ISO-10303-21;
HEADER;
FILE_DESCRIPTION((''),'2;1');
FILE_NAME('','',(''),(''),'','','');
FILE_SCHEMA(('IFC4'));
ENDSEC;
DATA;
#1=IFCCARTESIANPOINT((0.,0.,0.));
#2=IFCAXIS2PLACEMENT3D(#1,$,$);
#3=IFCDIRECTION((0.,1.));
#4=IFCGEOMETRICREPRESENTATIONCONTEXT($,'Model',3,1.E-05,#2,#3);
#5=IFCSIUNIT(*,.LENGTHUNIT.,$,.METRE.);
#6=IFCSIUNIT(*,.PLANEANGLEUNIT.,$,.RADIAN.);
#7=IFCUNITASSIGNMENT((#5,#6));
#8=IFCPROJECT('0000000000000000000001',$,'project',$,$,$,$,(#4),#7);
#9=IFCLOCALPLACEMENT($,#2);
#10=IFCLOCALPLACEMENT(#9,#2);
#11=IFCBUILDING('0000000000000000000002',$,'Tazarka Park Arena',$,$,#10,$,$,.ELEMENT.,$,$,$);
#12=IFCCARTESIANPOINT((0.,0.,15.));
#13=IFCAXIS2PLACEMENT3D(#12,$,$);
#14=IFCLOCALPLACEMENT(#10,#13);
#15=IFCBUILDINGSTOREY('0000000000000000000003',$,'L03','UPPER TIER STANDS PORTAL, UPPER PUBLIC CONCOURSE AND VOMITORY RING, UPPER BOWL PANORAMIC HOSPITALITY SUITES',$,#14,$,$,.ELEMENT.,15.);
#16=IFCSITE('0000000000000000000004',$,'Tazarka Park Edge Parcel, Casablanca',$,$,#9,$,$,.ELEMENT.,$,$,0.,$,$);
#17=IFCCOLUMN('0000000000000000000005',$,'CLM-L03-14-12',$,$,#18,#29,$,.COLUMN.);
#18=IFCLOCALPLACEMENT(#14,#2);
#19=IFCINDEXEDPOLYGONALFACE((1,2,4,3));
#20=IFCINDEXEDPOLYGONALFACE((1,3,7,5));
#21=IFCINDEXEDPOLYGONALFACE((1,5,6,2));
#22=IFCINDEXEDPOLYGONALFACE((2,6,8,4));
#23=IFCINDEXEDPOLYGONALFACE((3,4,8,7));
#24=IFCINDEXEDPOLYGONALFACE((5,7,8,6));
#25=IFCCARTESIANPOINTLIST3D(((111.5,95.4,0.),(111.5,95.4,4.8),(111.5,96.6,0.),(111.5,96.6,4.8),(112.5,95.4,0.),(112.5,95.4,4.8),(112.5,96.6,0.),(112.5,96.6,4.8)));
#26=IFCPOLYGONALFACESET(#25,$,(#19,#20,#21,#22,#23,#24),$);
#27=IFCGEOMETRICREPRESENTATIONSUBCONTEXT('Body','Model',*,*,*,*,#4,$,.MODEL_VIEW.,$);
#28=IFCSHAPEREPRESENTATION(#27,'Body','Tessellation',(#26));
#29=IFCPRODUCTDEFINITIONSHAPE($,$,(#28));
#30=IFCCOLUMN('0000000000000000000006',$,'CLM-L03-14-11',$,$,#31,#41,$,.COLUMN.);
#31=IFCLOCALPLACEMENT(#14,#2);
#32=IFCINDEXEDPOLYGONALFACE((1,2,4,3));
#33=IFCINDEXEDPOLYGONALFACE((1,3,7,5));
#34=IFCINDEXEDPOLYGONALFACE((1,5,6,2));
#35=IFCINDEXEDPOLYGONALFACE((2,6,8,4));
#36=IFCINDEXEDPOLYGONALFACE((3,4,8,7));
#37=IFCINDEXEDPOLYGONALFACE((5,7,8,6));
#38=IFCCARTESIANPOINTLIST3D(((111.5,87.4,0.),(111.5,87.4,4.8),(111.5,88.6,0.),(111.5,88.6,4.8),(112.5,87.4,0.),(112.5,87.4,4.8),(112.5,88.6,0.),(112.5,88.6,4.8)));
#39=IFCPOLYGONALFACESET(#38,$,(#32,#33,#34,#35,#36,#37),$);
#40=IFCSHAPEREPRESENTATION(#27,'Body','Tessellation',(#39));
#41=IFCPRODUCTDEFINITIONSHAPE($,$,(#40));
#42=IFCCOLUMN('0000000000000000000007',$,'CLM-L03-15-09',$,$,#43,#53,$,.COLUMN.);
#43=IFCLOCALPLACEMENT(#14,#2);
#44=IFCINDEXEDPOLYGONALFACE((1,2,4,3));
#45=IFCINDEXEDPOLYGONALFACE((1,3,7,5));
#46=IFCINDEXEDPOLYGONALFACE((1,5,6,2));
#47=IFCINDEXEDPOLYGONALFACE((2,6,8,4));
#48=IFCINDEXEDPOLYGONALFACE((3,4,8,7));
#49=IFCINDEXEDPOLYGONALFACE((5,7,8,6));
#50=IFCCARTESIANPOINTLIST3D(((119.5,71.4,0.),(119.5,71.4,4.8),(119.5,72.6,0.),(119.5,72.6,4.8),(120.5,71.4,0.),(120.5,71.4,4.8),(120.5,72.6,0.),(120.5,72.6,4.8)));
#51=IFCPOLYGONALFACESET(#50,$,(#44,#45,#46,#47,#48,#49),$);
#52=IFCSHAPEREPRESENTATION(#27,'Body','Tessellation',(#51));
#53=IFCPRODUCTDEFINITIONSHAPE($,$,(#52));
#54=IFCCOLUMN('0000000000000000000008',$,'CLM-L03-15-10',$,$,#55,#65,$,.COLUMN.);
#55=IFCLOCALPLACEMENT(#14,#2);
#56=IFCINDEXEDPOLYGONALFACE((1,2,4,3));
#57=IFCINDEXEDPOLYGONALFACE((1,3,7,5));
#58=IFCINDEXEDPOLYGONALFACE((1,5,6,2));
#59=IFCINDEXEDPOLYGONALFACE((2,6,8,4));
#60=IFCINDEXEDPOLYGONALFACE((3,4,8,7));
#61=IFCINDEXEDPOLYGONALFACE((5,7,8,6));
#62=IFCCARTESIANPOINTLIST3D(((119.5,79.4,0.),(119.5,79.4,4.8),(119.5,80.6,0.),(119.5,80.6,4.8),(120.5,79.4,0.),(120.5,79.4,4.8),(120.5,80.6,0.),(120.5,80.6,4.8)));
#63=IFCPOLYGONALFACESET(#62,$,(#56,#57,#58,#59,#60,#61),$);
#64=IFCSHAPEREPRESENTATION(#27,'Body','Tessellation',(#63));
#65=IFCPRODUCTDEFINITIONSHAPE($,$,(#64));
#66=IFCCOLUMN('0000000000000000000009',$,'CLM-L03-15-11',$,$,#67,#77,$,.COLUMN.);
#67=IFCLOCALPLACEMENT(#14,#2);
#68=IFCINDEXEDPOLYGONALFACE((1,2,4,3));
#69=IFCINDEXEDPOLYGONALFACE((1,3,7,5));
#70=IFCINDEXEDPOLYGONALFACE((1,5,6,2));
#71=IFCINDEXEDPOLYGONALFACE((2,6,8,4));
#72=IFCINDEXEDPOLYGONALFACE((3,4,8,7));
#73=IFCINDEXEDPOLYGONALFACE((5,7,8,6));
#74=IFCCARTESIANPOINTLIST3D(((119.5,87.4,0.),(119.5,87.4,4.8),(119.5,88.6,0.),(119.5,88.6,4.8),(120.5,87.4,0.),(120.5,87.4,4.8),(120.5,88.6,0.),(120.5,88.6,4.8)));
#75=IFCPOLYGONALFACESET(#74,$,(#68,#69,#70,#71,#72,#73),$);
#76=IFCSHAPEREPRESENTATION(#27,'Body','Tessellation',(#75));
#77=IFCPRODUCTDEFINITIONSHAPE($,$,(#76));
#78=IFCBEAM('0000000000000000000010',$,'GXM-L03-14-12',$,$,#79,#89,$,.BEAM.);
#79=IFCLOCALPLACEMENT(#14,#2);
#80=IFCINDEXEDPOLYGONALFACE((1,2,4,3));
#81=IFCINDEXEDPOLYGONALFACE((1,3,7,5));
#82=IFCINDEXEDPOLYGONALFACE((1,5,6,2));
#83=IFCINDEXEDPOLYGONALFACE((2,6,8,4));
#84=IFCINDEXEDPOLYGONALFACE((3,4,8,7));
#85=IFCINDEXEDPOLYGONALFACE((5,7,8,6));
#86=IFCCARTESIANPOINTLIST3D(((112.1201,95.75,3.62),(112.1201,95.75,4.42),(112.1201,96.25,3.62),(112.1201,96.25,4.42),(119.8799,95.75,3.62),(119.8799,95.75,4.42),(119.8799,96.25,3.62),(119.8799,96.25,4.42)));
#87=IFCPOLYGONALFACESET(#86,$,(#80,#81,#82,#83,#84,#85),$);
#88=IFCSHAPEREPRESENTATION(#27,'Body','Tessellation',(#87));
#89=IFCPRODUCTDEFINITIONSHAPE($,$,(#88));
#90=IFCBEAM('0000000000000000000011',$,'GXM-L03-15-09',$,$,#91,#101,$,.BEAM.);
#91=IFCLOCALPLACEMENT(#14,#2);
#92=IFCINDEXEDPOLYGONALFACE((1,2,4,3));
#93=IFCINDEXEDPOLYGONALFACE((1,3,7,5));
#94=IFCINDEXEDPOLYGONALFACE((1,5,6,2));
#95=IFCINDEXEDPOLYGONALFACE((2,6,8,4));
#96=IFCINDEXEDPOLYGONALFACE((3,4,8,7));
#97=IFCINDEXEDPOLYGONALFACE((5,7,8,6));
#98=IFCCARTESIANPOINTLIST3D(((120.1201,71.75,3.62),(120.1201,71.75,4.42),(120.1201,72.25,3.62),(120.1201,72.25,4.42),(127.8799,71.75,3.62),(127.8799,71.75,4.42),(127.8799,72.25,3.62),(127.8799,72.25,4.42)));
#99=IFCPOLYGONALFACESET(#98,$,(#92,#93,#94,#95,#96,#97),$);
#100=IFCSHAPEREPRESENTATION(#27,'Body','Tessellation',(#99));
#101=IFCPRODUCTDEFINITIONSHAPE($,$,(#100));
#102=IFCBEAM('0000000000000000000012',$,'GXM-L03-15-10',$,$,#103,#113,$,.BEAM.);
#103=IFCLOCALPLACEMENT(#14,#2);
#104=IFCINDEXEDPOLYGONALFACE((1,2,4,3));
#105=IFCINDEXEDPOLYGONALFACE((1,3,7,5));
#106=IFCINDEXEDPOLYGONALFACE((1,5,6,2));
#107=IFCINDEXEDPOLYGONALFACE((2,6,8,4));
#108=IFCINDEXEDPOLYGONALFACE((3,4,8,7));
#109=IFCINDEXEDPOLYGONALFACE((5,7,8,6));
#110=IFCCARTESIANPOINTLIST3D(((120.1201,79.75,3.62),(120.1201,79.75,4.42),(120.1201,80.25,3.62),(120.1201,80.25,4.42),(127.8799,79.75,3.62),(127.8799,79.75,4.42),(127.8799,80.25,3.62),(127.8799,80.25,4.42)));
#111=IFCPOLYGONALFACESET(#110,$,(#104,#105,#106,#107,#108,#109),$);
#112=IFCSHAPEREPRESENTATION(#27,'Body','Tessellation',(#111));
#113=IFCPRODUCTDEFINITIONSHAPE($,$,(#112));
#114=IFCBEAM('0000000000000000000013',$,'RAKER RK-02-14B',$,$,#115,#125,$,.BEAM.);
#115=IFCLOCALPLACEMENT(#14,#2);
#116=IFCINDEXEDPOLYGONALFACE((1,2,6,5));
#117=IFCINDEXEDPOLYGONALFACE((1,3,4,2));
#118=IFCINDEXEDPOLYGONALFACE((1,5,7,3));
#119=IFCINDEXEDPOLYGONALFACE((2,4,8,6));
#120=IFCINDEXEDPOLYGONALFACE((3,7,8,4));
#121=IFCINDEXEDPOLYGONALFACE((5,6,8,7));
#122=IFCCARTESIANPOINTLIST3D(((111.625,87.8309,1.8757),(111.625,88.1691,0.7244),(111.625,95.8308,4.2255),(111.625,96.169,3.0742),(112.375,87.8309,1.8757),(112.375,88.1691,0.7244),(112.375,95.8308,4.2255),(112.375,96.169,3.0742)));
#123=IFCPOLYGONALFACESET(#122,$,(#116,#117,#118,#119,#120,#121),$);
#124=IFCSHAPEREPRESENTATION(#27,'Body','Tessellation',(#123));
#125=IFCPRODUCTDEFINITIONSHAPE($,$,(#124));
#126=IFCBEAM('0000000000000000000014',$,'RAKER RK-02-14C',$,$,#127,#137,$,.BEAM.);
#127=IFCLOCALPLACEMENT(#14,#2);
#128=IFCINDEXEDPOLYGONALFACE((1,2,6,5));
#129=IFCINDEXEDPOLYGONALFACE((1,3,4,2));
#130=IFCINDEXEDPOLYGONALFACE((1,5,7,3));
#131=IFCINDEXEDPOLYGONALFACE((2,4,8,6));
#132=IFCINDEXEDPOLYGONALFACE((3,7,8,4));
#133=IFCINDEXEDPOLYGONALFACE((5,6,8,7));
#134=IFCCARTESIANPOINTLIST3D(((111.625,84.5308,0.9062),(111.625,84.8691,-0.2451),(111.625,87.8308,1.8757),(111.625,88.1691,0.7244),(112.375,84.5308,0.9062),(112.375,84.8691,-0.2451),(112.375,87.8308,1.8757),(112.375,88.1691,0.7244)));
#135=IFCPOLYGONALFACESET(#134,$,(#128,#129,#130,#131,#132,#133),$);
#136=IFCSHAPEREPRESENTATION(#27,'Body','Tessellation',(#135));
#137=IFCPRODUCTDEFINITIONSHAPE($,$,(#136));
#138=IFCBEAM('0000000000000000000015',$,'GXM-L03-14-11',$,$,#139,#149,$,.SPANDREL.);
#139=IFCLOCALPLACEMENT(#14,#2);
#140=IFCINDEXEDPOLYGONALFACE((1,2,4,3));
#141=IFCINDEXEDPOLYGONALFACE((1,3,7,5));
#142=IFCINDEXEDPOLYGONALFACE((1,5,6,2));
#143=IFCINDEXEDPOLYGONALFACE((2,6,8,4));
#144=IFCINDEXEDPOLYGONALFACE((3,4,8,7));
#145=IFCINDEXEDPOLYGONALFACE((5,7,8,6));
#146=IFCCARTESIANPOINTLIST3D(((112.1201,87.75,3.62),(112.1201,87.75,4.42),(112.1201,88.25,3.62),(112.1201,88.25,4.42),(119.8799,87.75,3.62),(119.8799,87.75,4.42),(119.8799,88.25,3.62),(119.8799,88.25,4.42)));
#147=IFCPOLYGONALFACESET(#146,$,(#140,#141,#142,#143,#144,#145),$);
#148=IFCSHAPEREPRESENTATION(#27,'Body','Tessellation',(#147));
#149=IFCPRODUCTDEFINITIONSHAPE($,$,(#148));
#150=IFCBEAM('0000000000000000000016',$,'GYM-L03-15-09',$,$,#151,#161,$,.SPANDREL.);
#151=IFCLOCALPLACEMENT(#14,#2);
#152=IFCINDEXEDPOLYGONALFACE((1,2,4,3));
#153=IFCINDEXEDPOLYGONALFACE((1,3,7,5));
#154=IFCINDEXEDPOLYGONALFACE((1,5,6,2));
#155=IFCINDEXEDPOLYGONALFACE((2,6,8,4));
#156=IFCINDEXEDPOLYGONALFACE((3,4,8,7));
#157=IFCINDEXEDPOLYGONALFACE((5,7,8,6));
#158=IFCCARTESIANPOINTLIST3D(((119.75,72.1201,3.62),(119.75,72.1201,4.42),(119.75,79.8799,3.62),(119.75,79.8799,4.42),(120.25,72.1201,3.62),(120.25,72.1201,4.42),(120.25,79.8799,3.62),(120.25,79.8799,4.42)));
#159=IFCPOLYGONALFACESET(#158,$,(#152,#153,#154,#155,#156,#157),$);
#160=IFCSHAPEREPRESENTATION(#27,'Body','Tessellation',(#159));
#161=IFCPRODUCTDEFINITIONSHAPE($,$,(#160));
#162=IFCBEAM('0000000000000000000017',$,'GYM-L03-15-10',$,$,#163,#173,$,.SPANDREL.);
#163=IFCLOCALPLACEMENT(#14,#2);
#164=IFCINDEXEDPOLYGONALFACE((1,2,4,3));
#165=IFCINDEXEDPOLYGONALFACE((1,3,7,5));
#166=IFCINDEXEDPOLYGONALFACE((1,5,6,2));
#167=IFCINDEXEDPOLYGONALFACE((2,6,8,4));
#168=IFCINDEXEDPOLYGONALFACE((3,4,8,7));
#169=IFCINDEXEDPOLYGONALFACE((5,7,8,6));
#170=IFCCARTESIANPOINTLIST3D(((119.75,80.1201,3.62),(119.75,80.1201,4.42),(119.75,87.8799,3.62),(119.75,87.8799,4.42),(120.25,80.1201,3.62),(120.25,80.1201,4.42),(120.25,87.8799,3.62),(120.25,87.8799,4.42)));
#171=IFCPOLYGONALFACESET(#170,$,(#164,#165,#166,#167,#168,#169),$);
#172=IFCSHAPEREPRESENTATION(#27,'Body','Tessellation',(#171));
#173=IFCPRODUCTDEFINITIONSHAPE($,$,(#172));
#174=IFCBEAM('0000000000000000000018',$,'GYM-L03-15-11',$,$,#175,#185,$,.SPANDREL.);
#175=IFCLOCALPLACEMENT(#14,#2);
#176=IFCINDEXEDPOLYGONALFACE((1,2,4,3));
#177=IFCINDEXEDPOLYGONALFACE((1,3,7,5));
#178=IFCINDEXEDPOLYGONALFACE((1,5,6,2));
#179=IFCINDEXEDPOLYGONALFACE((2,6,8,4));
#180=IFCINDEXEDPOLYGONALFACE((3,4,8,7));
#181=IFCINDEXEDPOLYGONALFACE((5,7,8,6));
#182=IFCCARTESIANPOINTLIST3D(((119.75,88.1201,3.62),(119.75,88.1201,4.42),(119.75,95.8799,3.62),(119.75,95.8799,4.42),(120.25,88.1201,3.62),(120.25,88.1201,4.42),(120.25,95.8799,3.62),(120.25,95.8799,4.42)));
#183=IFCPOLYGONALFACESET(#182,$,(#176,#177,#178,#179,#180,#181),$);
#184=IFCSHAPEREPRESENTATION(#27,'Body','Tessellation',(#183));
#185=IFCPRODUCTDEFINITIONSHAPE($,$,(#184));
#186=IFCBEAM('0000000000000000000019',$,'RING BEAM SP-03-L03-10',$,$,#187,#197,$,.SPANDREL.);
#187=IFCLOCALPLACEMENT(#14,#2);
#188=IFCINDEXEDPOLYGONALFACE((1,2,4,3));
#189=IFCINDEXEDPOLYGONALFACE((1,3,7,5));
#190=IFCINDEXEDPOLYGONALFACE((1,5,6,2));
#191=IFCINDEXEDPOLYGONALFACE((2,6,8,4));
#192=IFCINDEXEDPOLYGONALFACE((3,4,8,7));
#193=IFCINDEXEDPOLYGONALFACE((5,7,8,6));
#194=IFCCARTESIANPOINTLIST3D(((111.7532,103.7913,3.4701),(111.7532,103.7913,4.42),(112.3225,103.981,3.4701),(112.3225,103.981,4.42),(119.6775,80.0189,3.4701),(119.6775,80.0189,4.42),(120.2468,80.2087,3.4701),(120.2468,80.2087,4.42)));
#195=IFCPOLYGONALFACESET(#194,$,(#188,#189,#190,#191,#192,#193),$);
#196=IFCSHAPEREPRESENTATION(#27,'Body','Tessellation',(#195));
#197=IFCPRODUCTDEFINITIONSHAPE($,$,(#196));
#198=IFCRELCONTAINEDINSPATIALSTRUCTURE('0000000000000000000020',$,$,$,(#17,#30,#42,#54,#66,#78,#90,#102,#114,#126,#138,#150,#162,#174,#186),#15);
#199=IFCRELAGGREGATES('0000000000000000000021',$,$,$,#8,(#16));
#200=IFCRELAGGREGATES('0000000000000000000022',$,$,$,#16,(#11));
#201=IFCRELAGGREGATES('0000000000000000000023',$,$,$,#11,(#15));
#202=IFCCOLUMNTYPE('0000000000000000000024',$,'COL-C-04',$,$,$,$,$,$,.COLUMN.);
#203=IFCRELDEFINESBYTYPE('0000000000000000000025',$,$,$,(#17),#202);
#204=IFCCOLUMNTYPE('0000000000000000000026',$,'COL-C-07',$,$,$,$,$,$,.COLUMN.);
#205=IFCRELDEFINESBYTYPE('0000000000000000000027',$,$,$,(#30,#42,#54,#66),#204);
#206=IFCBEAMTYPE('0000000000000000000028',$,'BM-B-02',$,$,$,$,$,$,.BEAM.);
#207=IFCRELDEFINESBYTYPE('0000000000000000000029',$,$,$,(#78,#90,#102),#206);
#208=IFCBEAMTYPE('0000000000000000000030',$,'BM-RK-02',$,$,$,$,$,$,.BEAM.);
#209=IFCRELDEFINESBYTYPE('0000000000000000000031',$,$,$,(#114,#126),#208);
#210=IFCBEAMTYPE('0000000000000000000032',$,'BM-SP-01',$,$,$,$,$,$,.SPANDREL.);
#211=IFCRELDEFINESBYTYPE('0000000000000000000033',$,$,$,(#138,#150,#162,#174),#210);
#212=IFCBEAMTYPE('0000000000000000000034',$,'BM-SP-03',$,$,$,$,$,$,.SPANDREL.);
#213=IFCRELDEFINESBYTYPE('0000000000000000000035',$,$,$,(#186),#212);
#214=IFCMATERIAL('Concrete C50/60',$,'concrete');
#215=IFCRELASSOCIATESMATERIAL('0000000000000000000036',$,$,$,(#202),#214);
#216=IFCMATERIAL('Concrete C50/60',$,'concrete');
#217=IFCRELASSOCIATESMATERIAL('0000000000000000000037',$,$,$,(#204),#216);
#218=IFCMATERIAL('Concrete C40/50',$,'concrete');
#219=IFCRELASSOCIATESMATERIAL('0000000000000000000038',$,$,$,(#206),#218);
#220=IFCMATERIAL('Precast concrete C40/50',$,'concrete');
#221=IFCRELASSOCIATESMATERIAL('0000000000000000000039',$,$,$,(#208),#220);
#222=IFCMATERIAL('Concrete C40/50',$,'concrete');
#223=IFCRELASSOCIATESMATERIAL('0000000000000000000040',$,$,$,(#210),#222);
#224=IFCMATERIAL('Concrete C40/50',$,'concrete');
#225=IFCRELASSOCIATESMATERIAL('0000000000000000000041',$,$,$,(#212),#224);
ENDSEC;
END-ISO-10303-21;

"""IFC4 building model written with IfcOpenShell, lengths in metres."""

from ifc_helpers import new_model, si_unit, direction, frame, origin, origin_2d, place, context, subcontext, project, spatial, rectangle, extrude, material, material_profile, profile_set, type_object, element, save


model = new_model("IFC4")

# Units and contexts
model_context = context("Model", 3, precision=1e-05, world=origin(), true_north=direction((0.0, 1.0)))
body_context = subcontext(model_context, "Body", "Model", "MODEL_VIEW")
ifc_project = project(units=[si_unit("LENGTHUNIT", "METRE"), si_unit("PLANEANGLEUNIT", "RADIAN")], contexts=[model_context])

# Site, building, storey
site_placement = place(None, origin())
site = spatial("IfcSite", under=ifc_project, at=site_placement, Name="Tazarka Park Edge Parcel, Casablanca", CompositionType="ELEMENT", RefElevation=0.0)
building_placement = place(site_placement, origin())
building = spatial("IfcBuilding", under=site, at=building_placement, Name="Tazarka Park Arena", CompositionType="ELEMENT")
storey_placement = place(building_placement, frame((0.0, 0.0, 15.0)))
storey = spatial("IfcBuildingStorey", under=building, at=storey_placement, Name="L03", Description="UPPER TIER STANDS PORTAL, UPPER PUBLIC CONCOURSE AND VOMITORY RING, UPPER BOWL PANORAMIC HOSPITALITY SUITES", CompositionType="ELEMENT", Elevation=15.0)

# Columns
ifc_material_1 = material(Name="Concrete C50/60", Category="concrete")
ifc_material_profile_1 = material_profile(ifc_material_1, rectangle(XDim=1.0, YDim=1.2, at=origin_2d()), Name="Concrete C50/60")
ifc_profile_set_1 = profile_set([ifc_material_profile_1], Name="Concrete C50/60")
column_type_1 = type_object("IfcColumnType", Name="COL-C-04", PredefinedType="COLUMN", material=ifc_profile_set_1)
column_placement = place(storey_placement, frame((112.0, 96.0, 0.0), z_axis=(0.0, 0.0, 1.0), x_axis=(1.0, 0.0, 0.0)))
element("IfcColumn", 1, at=column_placement, inside=storey, type_object=column_type_1, Name="CLM-L03-14-12", PredefinedType="COLUMN", context=body_context, shape_type="SweptSolid", body=[
    extrude(rectangle(XDim=1.0, YDim=1.2, at=origin_2d()), origin(), (0.0, 0.0, 1.0), 4.8),
])
ifc_material_2 = material(Name="Concrete C50/60", Category="concrete")
ifc_material_profile_2 = material_profile(ifc_material_2, rectangle(XDim=1.0, YDim=1.2, at=origin_2d()), Name="Concrete C50/60")
ifc_profile_set_2 = profile_set([ifc_material_profile_2], Name="Concrete C50/60")
column_type_2 = type_object("IfcColumnType", Name="COL-C-07", PredefinedType="COLUMN", material=ifc_profile_set_2)
for number, where, z_axis, x_axis, name in (
    (2, (112.0, 88.0, 0.0), (0.0, 0.0, 1.0), (1.0, 0.0, 0.0), "CLM-L03-14-11"),
    (3, (120.0, 72.0, 0.0), (0.0, 0.0, 1.0), (1.0, 0.0, 0.0), "CLM-L03-15-09"),
    (4, (120.0, 80.0, 0.0), (0.0, 0.0, 1.0), (1.0, 0.0, 0.0), "CLM-L03-15-10"),
    (5, (120.0, 88.0, 0.0), (0.0, 0.0, 1.0), (1.0, 0.0, 0.0), "CLM-L03-15-11"),
):
    element("IfcColumn", number, at=place(storey_placement, frame(where, z_axis=z_axis, x_axis=x_axis)), inside=storey, type_object=column_type_2, Name=name, PredefinedType="COLUMN", context=body_context, shape_type="SweptSolid", body=[
        extrude(rectangle(XDim=1.0, YDim=1.2, at=origin_2d()), origin(), (0.0, 0.0, 1.0), 4.8),
    ])

# Beams
ifc_material_3 = material(Name="Concrete C40/50", Category="concrete")
ifc_material_profile_3 = material_profile(ifc_material_3, rectangle(XDim=0.5, YDim=0.8, at=origin_2d()), Name="Concrete C40/50")
ifc_profile_set_3 = profile_set([ifc_material_profile_3], Name="Concrete C40/50")
beam_type_1 = type_object("IfcBeamType", Name="BM-B-02", PredefinedType="BEAM", material=ifc_profile_set_3)
for number, where, z_axis, x_axis, name in (
    (6, (112.1201, 96.0, 4.02), (1.0, 0.0, 0.0), (0.0, 1.0, 0.0), "GXM-L03-14-12"),
    (7, (120.1201, 72.0, 4.02), (1.0, 0.0, 0.0), (0.0, 1.0, 0.0), "GXM-L03-15-09"),
    (8, (120.1201, 80.0, 4.02), (1.0, 0.0, 0.0), (0.0, 1.0, 0.0), "GXM-L03-15-10"),
):
    element("IfcBeam", number, at=place(storey_placement, frame(where, z_axis=z_axis, x_axis=x_axis)), inside=storey, type_object=beam_type_1, Name=name, PredefinedType="BEAM", context=body_context, shape_type="SweptSolid", body=[
        extrude(rectangle(XDim=0.5, YDim=0.8, at=origin_2d()), origin(), (0.0, 0.0, 1.0), 7.7598),
    ])
ifc_material_4 = material(Name="Precast concrete C40/50", Category="concrete")
ifc_material_profile_4 = material_profile(ifc_material_4, rectangle(XDim=0.75, YDim=1.2, at=origin_2d()), Name="Precast concrete C40/50")
ifc_profile_set_4 = profile_set([ifc_material_profile_4], Name="Precast concrete C40/50")
beam_type_2 = type_object("IfcBeamType", Name="BM-RK-02", PredefinedType="BEAM", material=ifc_profile_set_4)
beam_1_placement = place(storey_placement, frame((112.0, 88.0, 1.3), z_axis=(0.0, 0.959466, 0.281825), x_axis=(-1.0, 0.0, 0.0)))
element("IfcBeam", 9, at=beam_1_placement, inside=storey, type_object=beam_type_2, Name="RAKER RK-02-14B", PredefinedType="BEAM", context=body_context, shape_type="SweptSolid", body=[
    extrude(rectangle(XDim=0.75, YDim=1.2, at=origin_2d()), origin(), (0.0, 0.0, 1.0), 8.3379),
])
beam_2_placement = place(storey_placement, frame((112.0, 84.7, 0.3306), z_axis=(0.0, 0.959454, 0.281867), x_axis=(-1.0, 0.0, 0.0)))
element("IfcBeam", 10, at=beam_2_placement, inside=storey, type_object=beam_type_2, Name="RAKER RK-02-14C", PredefinedType="BEAM", context=body_context, shape_type="SweptSolid", body=[
    extrude(rectangle(XDim=0.75, YDim=1.2, at=origin_2d()), origin(), (0.0, 0.0, 1.0), 3.4395),
])
ifc_material_5 = material(Name="Concrete C40/50", Category="concrete")
ifc_material_profile_5 = material_profile(ifc_material_5, rectangle(XDim=0.5, YDim=0.8, at=origin_2d()), Name="Concrete C40/50")
ifc_profile_set_5 = profile_set([ifc_material_profile_5], Name="Concrete C40/50")
beam_type_3 = type_object("IfcBeamType", Name="BM-SP-01", PredefinedType="SPANDREL", material=ifc_profile_set_5)
for number, where, z_axis, x_axis, name in (
    (11, (112.1201, 88.0, 4.02), (1.0, 0.0, 0.0), (0.0, 1.0, 0.0), "GXM-L03-14-11"),
    (12, (120.0, 72.1201, 4.02), (0.0, 1.0, 0.0), (-1.0, 0.0, 0.0), "GYM-L03-15-09"),
    (13, (120.0, 80.1201, 4.02), (0.0, 1.0, 0.0), (-1.0, 0.0, 0.0), "GYM-L03-15-10"),
    (14, (120.0, 88.1201, 4.02), (0.0, 1.0, 0.0), (-1.0, 0.0, 0.0), "GYM-L03-15-11"),
):
    element("IfcBeam", number, at=place(storey_placement, frame(where, z_axis=z_axis, x_axis=x_axis)), inside=storey, type_object=beam_type_3, Name=name, PredefinedType="SPANDREL", context=body_context, shape_type="SweptSolid", body=[
        extrude(rectangle(XDim=0.5, YDim=0.8, at=origin_2d()), origin(), (0.0, 0.0, 1.0), 7.7598),
    ])
ifc_material_6 = material(Name="Concrete C40/50", Category="concrete")
ifc_material_profile_6 = material_profile(ifc_material_6, rectangle(XDim=0.6001, YDim=0.95, at=origin_2d()), Name="Concrete C40/50")
ifc_profile_set_6 = profile_set([ifc_material_profile_6], Name="Concrete C40/50")
beam_type_4 = type_object("IfcBeamType", Name="BM-SP-03", PredefinedType="SPANDREL", material=ifc_profile_set_6)
beam_3_placement = place(storey_placement, frame((119.9622, 80.1138, 3.9451), z_axis=(-0.316234, 0.948681, 0.0), x_axis=(-0.948681, -0.316234, 0.0)))
element("IfcBeam", 15, at=beam_3_placement, inside=storey, type_object=beam_type_4, Name="RING BEAM SP-03-L03-10", PredefinedType="SPANDREL", context=body_context, shape_type="SweptSolid", body=[
    extrude(rectangle(XDim=0.6001, YDim=0.95, at=origin_2d()), origin(), (0.0, 0.0, 1.0), 25.0583),
])

save(model, "model.ifc")
